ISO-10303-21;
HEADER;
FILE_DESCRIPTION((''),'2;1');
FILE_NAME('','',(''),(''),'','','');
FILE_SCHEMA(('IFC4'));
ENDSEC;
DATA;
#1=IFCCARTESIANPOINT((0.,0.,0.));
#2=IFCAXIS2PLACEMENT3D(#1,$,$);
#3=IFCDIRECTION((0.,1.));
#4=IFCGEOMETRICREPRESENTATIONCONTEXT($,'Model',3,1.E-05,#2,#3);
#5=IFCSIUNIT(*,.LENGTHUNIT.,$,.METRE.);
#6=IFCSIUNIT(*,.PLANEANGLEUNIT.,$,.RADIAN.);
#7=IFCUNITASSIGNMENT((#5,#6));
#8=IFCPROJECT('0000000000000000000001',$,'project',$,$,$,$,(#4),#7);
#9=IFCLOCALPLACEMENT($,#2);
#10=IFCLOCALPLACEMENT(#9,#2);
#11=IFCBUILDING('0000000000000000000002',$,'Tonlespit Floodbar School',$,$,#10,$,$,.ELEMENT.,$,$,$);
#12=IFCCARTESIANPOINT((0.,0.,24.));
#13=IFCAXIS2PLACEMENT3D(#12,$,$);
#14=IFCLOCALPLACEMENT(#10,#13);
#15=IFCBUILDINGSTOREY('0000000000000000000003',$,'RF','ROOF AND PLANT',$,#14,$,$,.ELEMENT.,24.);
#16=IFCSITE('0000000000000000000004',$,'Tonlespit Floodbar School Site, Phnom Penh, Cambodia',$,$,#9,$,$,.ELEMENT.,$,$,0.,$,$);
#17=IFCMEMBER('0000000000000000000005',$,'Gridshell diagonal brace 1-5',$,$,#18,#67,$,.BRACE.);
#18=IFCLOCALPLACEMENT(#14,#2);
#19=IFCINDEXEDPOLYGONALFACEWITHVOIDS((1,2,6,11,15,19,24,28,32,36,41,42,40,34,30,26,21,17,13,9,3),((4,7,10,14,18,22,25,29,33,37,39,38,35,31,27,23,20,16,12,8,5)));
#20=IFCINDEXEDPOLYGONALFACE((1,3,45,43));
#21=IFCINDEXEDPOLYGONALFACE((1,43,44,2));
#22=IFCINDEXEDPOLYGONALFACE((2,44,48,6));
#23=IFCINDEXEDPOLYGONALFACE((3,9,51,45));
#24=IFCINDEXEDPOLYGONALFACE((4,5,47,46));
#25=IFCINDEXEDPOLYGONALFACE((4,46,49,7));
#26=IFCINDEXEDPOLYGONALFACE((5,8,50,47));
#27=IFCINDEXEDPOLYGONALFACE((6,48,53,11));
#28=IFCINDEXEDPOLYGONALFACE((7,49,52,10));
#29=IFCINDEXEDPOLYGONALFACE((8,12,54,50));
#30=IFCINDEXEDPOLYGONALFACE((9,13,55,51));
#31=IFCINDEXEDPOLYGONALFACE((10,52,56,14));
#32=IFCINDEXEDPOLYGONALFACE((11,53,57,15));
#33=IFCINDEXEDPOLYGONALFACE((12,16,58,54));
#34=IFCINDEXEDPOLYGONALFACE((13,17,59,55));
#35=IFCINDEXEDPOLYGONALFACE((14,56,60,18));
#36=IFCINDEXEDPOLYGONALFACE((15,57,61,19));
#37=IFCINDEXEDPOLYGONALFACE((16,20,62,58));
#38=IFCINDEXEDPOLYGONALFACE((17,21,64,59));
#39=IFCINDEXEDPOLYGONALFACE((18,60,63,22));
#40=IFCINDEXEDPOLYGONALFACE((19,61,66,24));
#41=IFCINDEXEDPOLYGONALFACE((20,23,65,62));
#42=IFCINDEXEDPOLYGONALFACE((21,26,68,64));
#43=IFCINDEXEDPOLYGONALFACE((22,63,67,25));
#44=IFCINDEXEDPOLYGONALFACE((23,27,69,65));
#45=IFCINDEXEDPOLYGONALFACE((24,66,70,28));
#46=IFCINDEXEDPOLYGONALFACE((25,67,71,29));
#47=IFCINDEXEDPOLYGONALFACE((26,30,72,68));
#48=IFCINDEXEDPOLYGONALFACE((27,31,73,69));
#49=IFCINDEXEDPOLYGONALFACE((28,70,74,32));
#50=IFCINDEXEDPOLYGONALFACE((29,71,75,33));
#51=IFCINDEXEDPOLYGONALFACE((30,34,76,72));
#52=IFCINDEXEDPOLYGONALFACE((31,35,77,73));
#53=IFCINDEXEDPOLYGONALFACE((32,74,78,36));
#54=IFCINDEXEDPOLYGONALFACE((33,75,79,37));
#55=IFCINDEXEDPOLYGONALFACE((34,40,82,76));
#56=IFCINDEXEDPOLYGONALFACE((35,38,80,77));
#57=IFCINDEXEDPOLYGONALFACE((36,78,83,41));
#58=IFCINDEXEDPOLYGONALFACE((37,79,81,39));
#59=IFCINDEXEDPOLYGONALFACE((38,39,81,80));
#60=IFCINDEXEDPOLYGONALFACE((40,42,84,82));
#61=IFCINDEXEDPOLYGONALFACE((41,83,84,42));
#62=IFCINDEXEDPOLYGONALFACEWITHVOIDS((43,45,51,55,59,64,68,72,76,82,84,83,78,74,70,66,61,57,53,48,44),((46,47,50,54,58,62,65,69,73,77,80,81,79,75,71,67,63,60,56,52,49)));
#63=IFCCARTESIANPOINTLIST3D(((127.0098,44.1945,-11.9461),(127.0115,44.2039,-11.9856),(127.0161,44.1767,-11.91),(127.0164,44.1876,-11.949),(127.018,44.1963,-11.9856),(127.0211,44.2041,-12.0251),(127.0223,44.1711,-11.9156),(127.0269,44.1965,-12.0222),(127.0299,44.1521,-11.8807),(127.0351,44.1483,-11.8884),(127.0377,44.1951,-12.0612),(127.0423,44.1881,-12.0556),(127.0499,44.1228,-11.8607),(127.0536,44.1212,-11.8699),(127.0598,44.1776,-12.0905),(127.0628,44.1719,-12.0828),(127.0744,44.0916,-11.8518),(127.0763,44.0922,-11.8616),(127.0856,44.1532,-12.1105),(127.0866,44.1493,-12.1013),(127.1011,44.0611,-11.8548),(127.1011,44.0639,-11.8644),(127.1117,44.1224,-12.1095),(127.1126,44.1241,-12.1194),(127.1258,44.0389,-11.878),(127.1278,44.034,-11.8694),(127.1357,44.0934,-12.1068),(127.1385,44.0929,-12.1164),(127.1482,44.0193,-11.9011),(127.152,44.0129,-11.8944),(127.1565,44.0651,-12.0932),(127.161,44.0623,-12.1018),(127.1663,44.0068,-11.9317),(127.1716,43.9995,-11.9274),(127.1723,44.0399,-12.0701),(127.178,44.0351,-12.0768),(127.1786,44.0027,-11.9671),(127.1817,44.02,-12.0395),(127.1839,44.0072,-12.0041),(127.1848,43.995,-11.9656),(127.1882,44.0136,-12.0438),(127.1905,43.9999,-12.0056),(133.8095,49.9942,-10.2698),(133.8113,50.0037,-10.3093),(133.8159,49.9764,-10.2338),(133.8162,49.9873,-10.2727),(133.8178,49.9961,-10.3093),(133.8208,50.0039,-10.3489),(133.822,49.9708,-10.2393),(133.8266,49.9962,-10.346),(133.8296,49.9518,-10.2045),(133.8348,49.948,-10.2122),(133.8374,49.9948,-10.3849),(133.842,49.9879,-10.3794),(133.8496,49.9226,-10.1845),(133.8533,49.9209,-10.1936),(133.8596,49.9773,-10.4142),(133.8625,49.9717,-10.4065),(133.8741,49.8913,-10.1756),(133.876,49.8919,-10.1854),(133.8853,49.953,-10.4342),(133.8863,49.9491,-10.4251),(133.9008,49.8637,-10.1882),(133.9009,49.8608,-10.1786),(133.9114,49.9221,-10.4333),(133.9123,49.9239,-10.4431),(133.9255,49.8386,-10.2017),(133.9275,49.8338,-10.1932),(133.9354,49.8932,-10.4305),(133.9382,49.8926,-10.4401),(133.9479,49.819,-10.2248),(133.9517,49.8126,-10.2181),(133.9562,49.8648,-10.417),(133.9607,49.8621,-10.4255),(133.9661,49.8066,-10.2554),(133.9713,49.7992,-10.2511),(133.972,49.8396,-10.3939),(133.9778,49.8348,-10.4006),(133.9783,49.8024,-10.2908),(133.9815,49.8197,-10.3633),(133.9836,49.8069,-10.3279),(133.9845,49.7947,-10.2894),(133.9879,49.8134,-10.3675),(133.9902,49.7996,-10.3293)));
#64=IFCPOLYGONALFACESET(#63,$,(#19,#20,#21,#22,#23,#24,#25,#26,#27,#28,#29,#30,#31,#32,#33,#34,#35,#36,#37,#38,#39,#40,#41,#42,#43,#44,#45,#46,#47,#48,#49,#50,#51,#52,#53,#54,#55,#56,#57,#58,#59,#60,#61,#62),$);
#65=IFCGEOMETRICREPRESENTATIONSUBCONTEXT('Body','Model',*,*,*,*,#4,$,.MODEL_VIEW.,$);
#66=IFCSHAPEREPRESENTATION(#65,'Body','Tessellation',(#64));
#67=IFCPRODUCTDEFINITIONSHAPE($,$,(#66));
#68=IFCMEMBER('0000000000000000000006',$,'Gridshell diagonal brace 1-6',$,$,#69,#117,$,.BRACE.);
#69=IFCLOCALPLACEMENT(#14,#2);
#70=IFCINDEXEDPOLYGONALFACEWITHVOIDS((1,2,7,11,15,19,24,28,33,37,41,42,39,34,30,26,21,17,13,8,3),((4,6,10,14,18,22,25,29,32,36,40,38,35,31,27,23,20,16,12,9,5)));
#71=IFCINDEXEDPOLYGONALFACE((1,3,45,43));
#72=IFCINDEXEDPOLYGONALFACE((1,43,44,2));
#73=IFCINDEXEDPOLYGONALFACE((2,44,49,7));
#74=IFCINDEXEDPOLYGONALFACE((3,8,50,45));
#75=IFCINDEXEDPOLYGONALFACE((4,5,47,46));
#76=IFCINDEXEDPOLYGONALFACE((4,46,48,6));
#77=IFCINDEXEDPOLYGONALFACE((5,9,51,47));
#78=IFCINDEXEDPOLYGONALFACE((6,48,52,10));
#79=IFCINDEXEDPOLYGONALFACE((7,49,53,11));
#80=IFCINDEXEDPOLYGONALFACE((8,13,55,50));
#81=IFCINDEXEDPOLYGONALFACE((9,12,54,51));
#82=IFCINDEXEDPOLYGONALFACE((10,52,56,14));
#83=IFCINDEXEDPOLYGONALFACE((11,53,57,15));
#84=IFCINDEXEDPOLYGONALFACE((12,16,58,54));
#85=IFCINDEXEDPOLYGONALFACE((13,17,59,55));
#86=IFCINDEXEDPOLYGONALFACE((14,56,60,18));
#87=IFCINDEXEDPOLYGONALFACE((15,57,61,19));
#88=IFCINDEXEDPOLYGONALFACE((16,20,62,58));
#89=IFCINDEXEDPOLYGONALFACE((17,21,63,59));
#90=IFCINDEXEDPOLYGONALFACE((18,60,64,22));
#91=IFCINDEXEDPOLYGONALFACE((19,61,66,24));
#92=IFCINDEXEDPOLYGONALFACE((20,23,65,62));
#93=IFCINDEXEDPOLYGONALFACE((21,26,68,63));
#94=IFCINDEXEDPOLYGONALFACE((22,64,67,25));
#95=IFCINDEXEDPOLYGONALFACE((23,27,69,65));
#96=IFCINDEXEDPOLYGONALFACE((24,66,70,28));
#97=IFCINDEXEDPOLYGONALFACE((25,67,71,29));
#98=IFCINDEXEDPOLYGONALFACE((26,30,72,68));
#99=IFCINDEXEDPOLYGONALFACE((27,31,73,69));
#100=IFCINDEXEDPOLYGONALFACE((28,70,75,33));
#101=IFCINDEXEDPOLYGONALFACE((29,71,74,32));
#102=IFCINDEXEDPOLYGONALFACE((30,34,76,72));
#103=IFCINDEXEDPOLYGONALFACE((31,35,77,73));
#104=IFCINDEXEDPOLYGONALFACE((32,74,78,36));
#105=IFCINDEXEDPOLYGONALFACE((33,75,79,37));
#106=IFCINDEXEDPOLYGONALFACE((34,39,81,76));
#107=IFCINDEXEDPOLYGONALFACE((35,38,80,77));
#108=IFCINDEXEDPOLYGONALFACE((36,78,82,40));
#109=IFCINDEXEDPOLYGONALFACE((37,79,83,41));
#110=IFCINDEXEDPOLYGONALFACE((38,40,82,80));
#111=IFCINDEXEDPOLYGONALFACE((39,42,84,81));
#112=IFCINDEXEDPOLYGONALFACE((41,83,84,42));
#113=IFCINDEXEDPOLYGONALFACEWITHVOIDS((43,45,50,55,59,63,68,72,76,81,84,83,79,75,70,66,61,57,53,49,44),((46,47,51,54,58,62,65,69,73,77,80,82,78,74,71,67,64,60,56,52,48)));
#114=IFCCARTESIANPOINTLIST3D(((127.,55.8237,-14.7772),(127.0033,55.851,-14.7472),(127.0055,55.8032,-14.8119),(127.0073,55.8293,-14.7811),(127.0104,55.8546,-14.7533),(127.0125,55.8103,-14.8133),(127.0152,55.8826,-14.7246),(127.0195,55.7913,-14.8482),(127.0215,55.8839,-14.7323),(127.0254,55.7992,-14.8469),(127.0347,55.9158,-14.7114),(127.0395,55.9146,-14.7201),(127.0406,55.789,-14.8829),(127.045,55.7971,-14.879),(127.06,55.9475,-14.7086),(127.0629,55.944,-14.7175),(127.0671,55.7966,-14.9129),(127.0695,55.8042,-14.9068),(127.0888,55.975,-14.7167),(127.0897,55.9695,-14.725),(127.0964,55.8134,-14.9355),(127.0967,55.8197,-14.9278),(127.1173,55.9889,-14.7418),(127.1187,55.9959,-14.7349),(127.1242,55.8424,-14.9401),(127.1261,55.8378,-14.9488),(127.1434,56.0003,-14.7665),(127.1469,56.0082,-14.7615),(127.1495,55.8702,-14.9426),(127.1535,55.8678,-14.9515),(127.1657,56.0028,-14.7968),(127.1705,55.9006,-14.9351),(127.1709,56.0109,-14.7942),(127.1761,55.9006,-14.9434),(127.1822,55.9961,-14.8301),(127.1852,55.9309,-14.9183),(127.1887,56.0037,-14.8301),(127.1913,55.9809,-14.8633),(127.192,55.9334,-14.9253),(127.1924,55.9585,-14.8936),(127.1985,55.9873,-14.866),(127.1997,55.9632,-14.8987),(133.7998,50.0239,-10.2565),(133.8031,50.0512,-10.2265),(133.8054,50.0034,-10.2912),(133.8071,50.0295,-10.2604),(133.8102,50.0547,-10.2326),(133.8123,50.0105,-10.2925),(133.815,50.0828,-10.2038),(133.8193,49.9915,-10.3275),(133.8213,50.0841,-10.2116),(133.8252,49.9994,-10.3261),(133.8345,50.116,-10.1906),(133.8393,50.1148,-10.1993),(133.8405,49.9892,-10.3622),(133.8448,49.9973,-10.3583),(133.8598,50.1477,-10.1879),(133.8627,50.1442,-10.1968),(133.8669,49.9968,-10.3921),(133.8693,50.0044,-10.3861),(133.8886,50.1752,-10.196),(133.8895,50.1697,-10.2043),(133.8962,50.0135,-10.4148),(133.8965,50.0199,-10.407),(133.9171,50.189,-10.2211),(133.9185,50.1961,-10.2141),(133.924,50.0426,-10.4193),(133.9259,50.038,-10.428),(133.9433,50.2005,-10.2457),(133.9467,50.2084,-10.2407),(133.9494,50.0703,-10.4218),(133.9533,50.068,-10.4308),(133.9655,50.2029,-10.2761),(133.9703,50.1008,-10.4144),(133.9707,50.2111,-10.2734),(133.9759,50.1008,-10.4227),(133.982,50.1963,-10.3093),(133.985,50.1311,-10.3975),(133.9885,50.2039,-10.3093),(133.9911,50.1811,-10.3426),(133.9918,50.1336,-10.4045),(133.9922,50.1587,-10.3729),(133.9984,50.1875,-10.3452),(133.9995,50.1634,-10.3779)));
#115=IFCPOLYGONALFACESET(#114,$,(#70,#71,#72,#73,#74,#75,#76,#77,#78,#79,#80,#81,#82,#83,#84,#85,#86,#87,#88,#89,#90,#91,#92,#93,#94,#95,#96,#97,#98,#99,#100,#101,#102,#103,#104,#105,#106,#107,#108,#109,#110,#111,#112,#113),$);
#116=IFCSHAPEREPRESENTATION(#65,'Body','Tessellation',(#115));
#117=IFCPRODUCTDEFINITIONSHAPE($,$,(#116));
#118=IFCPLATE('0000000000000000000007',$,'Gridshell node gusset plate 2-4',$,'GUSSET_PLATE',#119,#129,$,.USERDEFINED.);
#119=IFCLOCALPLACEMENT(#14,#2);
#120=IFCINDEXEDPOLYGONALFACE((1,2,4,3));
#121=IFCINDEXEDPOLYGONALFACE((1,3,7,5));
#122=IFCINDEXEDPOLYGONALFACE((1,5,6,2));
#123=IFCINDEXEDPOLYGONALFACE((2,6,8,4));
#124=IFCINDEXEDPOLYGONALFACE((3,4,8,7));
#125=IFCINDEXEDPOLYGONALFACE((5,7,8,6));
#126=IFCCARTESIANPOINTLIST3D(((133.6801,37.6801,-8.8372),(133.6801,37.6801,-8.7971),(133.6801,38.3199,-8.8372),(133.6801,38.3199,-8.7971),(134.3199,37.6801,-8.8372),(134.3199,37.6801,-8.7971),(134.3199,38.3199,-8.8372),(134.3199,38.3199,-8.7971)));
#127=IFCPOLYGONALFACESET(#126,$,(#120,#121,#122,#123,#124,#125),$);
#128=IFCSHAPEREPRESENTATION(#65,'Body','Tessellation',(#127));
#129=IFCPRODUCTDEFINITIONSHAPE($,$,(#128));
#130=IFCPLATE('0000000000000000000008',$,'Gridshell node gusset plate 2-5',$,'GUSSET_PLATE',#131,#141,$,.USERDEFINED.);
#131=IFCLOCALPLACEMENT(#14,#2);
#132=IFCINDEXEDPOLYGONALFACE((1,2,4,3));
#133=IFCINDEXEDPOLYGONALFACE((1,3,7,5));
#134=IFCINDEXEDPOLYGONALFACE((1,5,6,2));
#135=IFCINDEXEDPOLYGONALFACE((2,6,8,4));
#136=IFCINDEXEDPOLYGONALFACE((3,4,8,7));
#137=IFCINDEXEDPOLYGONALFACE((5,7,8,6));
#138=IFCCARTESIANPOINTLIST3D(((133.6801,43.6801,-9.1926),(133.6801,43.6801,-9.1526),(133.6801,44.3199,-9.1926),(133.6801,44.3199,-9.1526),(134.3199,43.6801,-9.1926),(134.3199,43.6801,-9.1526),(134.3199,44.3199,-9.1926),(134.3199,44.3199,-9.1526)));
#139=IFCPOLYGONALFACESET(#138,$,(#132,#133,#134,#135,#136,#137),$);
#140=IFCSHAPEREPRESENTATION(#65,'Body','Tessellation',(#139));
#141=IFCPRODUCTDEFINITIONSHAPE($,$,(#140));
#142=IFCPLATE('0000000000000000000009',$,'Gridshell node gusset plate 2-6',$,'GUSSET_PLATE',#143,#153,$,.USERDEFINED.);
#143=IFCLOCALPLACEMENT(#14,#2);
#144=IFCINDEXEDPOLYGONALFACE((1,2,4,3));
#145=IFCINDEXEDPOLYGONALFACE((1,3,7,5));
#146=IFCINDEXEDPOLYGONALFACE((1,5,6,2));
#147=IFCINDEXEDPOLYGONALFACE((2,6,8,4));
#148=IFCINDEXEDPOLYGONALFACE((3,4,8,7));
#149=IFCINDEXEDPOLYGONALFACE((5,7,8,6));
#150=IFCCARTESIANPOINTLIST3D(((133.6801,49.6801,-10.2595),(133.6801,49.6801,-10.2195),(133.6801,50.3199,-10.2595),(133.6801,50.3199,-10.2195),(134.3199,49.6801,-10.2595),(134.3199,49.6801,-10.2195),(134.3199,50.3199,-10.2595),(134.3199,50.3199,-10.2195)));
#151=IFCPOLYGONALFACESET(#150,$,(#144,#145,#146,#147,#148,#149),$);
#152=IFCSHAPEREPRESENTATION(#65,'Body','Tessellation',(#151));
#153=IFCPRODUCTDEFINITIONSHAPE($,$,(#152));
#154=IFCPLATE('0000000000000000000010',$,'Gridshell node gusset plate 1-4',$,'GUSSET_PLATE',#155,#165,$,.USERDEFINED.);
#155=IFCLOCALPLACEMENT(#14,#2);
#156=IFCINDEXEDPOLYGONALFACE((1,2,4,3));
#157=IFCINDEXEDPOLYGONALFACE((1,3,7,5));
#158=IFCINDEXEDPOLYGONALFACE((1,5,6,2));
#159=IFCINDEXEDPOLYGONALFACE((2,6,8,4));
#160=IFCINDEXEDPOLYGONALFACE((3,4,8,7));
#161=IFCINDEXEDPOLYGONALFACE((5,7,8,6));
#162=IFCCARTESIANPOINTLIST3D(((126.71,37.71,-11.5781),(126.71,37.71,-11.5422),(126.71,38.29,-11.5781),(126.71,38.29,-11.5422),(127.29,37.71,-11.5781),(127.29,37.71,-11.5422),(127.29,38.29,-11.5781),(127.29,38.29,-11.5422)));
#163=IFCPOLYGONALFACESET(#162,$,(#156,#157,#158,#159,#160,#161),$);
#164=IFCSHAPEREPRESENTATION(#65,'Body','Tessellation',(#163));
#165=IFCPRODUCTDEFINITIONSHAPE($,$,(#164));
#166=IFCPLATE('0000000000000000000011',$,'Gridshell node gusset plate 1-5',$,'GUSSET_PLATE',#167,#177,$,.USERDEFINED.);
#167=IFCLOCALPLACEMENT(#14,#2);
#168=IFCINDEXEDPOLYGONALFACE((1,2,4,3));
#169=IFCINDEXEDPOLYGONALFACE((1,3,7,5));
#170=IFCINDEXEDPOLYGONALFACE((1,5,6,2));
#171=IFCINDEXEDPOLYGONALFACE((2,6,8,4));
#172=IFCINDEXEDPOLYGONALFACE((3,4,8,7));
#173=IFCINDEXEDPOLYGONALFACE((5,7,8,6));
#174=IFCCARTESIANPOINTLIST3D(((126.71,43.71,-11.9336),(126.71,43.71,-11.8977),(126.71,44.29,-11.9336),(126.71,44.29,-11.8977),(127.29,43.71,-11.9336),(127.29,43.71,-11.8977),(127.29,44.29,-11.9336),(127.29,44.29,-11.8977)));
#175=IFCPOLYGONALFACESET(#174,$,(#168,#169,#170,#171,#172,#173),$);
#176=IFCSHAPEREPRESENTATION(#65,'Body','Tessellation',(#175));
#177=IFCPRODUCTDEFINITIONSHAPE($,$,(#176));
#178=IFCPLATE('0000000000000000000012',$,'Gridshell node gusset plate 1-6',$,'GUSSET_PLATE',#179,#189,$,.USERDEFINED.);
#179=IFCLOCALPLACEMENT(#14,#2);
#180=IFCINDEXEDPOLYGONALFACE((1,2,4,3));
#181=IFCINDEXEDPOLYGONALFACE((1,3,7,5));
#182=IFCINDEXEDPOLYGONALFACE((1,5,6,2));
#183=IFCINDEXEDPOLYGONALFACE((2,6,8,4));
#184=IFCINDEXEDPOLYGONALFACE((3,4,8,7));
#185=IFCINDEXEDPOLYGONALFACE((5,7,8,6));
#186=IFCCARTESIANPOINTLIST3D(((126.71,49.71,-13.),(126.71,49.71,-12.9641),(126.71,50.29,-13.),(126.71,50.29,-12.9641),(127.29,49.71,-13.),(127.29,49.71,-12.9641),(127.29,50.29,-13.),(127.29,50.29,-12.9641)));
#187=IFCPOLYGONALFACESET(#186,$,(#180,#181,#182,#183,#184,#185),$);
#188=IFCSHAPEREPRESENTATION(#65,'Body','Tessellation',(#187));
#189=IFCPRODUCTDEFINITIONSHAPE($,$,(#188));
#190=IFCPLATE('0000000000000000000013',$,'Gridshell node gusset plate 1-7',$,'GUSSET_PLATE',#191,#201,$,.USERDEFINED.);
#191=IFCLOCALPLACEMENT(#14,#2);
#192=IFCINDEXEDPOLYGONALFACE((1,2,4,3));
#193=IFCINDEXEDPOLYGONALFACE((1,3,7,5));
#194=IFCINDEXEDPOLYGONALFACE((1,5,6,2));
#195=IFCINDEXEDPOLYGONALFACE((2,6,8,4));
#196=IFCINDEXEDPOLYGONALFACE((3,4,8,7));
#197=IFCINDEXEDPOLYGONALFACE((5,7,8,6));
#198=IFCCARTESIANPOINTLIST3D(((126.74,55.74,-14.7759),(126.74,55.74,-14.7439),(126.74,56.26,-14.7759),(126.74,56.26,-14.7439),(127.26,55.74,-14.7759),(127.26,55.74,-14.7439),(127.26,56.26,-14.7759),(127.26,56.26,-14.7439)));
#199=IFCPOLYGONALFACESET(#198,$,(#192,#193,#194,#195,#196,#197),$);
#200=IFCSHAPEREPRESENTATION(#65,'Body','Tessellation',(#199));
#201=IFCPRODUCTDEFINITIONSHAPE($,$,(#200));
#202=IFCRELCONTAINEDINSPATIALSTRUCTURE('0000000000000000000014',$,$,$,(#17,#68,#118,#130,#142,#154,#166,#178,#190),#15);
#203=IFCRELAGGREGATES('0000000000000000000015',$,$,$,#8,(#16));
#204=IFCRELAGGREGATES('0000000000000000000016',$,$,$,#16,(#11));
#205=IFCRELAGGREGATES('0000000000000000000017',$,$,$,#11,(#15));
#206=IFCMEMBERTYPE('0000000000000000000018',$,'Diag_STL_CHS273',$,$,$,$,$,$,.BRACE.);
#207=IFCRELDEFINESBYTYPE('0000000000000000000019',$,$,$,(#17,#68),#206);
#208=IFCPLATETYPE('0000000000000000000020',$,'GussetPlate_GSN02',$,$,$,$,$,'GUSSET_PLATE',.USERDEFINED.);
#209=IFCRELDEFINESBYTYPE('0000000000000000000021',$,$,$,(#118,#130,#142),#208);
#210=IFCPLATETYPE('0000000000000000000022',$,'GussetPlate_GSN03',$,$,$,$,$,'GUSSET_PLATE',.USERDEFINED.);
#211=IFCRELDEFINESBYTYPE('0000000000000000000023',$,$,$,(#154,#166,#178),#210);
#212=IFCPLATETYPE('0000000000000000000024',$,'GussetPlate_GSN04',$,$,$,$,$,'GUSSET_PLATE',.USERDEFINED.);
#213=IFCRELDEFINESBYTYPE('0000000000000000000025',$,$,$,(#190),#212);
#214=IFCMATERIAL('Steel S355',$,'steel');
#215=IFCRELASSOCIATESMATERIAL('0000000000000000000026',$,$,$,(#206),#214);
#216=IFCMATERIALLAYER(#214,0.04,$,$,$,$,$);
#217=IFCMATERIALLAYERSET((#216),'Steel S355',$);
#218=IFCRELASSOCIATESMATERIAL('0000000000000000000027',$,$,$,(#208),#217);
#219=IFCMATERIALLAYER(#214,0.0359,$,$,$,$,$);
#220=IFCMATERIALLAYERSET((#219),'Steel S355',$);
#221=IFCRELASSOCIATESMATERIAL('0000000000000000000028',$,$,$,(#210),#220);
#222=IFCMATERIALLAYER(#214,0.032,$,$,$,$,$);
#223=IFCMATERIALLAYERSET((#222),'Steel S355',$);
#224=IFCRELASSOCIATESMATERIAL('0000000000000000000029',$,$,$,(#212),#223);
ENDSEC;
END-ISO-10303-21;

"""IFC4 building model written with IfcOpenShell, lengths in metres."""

from ifc_helpers import new_model, si_unit, direction, frame, origin, origin_2d, place, context, subcontext, project, spatial, rectangle, hollow_circle, extrude, material, layer, layer_set, material_profile, profile_set, type_object, element, save


model = new_model("IFC4")

# Units and contexts
model_context = context("Model", 3, precision=1e-05, world=origin(), true_north=direction((0.0, 1.0)))
body_context = subcontext(model_context, "Body", "Model", "MODEL_VIEW")
ifc_project = project(units=[si_unit("LENGTHUNIT", "METRE"), si_unit("PLANEANGLEUNIT", "RADIAN")], contexts=[model_context])

# Site, building, storey
site_placement = place(None, origin())
site = spatial("IfcSite", under=ifc_project, at=site_placement, Name="Tonlespit Floodbar School Site, Phnom Penh, Cambodia", CompositionType="ELEMENT", RefElevation=0.0)
building_placement = place(site_placement, origin())
building = spatial("IfcBuilding", under=site, at=building_placement, Name="Tonlespit Floodbar School", CompositionType="ELEMENT")
storey_placement = place(building_placement, frame((0.0, 0.0, 24.0)))
storey = spatial("IfcBuildingStorey", under=building, at=storey_placement, Name="RF", Description="ROOF AND PLANT", CompositionType="ELEMENT", Elevation=24.0)

# Members
ifc_material_1 = material(Name="Steel S355", Category="steel")
ifc_material_profile_1 = material_profile(ifc_material_1, hollow_circle(Radius=0.1365, WallThickness=0.01, at=origin_2d()), Name="CHS 273x10")
ifc_profile_set_1 = profile_set([ifc_material_profile_1], Name="Steel S355")
member_type = type_object("IfcMemberType", Name="Diag_STL_CHS273", PredefinedType="BRACE", material=ifc_profile_set_1)
member_1_placement = place(storey_placement, frame((127.1001, 44.1001, -11.9856), z_axis=(0.747796, 0.637823, 0.184345), x_axis=(-0.648945, 0.760836, 0.0)))
element("IfcMember", 1, at=member_1_placement, inside=storey, type_object=member_type, Name="Gridshell diagonal brace 1-5", PredefinedType="BRACE", context=body_context, shape_type="SweptSolid", body=[
    extrude(hollow_circle(Radius=0.1365, WallThickness=0.01, at=origin_2d()), origin(), (0.0, 0.0, 1.0), 9.093),
])
member_2_placement = place(storey_placement, frame((127.1001, 55.8999, -14.8301), z_axis=(0.678921, -0.579077, 0.451371), x_axis=(0.648945, 0.760836, 0.0)))
element("IfcMember", 2, at=member_2_placement, inside=storey, type_object=member_type, Name="Gridshell diagonal brace 1-6", PredefinedType="BRACE", context=body_context, shape_type="SweptSolid", body=[
    extrude(hollow_circle(Radius=0.1365, WallThickness=0.01, at=origin_2d()), origin(), (0.0, 0.0, 1.0), 10.0156),
])

# Plates
ifc_layer_1 = layer(ifc_material_1, 0.04)
ifc_layer_set_1 = layer_set([ifc_layer_1], Name="Steel S355")
plate_type_1 = type_object("IfcPlateType", Name="GussetPlate_GSN02", ElementType="GUSSET_PLATE", PredefinedType="USERDEFINED", material=ifc_layer_set_1)
for number, where, z_axis, x_axis, name in (
    (3, (134.0, 38.0, -8.8372), (0.0, 0.0, 1.0), (1.0, 0.0, 0.0), "Gridshell node gusset plate 2-4"),
    (4, (134.0, 44.0, -9.1926), (0.0, 0.0, 1.0), (1.0, 0.0, 0.0), "Gridshell node gusset plate 2-5"),
    (5, (134.0, 50.0, -10.2595), (0.0, 0.0, 1.0), (1.0, 0.0, 0.0), "Gridshell node gusset plate 2-6"),
):
    element("IfcPlate", number, at=place(storey_placement, frame(where, z_axis=z_axis, x_axis=x_axis)), inside=storey, type_object=plate_type_1, Name=name, ObjectType="GUSSET_PLATE", PredefinedType="USERDEFINED", context=body_context, shape_type="SweptSolid", body=[
        extrude(rectangle(XDim=0.6399, YDim=0.6399, at=origin_2d()), origin(), (0.0, 0.0, 1.0), 0.04),
    ])
ifc_layer_2 = layer(ifc_material_1, 0.0359)
ifc_layer_set_2 = layer_set([ifc_layer_2], Name="Steel S355")
plate_type_2 = type_object("IfcPlateType", Name="GussetPlate_GSN03", ElementType="GUSSET_PLATE", PredefinedType="USERDEFINED", material=ifc_layer_set_2)
for number, where, z_axis, x_axis, name in (
    (6, (127.0, 38.0, -11.5781), (0.0, 0.0, 1.0), (1.0, 0.0, 0.0), "Gridshell node gusset plate 1-4"),
    (7, (127.0, 44.0, -11.9336), (0.0, 0.0, 1.0), (1.0, 0.0, 0.0), "Gridshell node gusset plate 1-5"),
    (8, (127.0, 50.0, -13.0), (0.0, 0.0, 1.0), (1.0, 0.0, 0.0), "Gridshell node gusset plate 1-6"),
):
    element("IfcPlate", number, at=place(storey_placement, frame(where, z_axis=z_axis, x_axis=x_axis)), inside=storey, type_object=plate_type_2, Name=name, ObjectType="GUSSET_PLATE", PredefinedType="USERDEFINED", context=body_context, shape_type="SweptSolid", body=[
        extrude(rectangle(XDim=0.5801, YDim=0.5801, at=origin_2d()), origin(), (0.0, 0.0, 1.0), 0.0359),
    ])
ifc_layer_3 = layer(ifc_material_1, 0.032)
ifc_layer_set_3 = layer_set([ifc_layer_3], Name="Steel S355")
plate_type_3 = type_object("IfcPlateType", Name="GussetPlate_GSN04", ElementType="GUSSET_PLATE", PredefinedType="USERDEFINED", material=ifc_layer_set_3)
plate_placement = place(storey_placement, frame((127.0, 56.0, -14.7759), z_axis=(0.0, 0.0, 1.0), x_axis=(1.0, 0.0, 0.0)))
element("IfcPlate", 9, at=plate_placement, inside=storey, type_object=plate_type_3, Name="Gridshell node gusset plate 1-7", ObjectType="GUSSET_PLATE", PredefinedType="USERDEFINED", context=body_context, shape_type="SweptSolid", body=[
    extrude(rectangle(XDim=0.52, YDim=0.52, at=origin_2d()), origin(), (0.0, 0.0, 1.0), 0.032),
])

save(model, "model.ifc")
